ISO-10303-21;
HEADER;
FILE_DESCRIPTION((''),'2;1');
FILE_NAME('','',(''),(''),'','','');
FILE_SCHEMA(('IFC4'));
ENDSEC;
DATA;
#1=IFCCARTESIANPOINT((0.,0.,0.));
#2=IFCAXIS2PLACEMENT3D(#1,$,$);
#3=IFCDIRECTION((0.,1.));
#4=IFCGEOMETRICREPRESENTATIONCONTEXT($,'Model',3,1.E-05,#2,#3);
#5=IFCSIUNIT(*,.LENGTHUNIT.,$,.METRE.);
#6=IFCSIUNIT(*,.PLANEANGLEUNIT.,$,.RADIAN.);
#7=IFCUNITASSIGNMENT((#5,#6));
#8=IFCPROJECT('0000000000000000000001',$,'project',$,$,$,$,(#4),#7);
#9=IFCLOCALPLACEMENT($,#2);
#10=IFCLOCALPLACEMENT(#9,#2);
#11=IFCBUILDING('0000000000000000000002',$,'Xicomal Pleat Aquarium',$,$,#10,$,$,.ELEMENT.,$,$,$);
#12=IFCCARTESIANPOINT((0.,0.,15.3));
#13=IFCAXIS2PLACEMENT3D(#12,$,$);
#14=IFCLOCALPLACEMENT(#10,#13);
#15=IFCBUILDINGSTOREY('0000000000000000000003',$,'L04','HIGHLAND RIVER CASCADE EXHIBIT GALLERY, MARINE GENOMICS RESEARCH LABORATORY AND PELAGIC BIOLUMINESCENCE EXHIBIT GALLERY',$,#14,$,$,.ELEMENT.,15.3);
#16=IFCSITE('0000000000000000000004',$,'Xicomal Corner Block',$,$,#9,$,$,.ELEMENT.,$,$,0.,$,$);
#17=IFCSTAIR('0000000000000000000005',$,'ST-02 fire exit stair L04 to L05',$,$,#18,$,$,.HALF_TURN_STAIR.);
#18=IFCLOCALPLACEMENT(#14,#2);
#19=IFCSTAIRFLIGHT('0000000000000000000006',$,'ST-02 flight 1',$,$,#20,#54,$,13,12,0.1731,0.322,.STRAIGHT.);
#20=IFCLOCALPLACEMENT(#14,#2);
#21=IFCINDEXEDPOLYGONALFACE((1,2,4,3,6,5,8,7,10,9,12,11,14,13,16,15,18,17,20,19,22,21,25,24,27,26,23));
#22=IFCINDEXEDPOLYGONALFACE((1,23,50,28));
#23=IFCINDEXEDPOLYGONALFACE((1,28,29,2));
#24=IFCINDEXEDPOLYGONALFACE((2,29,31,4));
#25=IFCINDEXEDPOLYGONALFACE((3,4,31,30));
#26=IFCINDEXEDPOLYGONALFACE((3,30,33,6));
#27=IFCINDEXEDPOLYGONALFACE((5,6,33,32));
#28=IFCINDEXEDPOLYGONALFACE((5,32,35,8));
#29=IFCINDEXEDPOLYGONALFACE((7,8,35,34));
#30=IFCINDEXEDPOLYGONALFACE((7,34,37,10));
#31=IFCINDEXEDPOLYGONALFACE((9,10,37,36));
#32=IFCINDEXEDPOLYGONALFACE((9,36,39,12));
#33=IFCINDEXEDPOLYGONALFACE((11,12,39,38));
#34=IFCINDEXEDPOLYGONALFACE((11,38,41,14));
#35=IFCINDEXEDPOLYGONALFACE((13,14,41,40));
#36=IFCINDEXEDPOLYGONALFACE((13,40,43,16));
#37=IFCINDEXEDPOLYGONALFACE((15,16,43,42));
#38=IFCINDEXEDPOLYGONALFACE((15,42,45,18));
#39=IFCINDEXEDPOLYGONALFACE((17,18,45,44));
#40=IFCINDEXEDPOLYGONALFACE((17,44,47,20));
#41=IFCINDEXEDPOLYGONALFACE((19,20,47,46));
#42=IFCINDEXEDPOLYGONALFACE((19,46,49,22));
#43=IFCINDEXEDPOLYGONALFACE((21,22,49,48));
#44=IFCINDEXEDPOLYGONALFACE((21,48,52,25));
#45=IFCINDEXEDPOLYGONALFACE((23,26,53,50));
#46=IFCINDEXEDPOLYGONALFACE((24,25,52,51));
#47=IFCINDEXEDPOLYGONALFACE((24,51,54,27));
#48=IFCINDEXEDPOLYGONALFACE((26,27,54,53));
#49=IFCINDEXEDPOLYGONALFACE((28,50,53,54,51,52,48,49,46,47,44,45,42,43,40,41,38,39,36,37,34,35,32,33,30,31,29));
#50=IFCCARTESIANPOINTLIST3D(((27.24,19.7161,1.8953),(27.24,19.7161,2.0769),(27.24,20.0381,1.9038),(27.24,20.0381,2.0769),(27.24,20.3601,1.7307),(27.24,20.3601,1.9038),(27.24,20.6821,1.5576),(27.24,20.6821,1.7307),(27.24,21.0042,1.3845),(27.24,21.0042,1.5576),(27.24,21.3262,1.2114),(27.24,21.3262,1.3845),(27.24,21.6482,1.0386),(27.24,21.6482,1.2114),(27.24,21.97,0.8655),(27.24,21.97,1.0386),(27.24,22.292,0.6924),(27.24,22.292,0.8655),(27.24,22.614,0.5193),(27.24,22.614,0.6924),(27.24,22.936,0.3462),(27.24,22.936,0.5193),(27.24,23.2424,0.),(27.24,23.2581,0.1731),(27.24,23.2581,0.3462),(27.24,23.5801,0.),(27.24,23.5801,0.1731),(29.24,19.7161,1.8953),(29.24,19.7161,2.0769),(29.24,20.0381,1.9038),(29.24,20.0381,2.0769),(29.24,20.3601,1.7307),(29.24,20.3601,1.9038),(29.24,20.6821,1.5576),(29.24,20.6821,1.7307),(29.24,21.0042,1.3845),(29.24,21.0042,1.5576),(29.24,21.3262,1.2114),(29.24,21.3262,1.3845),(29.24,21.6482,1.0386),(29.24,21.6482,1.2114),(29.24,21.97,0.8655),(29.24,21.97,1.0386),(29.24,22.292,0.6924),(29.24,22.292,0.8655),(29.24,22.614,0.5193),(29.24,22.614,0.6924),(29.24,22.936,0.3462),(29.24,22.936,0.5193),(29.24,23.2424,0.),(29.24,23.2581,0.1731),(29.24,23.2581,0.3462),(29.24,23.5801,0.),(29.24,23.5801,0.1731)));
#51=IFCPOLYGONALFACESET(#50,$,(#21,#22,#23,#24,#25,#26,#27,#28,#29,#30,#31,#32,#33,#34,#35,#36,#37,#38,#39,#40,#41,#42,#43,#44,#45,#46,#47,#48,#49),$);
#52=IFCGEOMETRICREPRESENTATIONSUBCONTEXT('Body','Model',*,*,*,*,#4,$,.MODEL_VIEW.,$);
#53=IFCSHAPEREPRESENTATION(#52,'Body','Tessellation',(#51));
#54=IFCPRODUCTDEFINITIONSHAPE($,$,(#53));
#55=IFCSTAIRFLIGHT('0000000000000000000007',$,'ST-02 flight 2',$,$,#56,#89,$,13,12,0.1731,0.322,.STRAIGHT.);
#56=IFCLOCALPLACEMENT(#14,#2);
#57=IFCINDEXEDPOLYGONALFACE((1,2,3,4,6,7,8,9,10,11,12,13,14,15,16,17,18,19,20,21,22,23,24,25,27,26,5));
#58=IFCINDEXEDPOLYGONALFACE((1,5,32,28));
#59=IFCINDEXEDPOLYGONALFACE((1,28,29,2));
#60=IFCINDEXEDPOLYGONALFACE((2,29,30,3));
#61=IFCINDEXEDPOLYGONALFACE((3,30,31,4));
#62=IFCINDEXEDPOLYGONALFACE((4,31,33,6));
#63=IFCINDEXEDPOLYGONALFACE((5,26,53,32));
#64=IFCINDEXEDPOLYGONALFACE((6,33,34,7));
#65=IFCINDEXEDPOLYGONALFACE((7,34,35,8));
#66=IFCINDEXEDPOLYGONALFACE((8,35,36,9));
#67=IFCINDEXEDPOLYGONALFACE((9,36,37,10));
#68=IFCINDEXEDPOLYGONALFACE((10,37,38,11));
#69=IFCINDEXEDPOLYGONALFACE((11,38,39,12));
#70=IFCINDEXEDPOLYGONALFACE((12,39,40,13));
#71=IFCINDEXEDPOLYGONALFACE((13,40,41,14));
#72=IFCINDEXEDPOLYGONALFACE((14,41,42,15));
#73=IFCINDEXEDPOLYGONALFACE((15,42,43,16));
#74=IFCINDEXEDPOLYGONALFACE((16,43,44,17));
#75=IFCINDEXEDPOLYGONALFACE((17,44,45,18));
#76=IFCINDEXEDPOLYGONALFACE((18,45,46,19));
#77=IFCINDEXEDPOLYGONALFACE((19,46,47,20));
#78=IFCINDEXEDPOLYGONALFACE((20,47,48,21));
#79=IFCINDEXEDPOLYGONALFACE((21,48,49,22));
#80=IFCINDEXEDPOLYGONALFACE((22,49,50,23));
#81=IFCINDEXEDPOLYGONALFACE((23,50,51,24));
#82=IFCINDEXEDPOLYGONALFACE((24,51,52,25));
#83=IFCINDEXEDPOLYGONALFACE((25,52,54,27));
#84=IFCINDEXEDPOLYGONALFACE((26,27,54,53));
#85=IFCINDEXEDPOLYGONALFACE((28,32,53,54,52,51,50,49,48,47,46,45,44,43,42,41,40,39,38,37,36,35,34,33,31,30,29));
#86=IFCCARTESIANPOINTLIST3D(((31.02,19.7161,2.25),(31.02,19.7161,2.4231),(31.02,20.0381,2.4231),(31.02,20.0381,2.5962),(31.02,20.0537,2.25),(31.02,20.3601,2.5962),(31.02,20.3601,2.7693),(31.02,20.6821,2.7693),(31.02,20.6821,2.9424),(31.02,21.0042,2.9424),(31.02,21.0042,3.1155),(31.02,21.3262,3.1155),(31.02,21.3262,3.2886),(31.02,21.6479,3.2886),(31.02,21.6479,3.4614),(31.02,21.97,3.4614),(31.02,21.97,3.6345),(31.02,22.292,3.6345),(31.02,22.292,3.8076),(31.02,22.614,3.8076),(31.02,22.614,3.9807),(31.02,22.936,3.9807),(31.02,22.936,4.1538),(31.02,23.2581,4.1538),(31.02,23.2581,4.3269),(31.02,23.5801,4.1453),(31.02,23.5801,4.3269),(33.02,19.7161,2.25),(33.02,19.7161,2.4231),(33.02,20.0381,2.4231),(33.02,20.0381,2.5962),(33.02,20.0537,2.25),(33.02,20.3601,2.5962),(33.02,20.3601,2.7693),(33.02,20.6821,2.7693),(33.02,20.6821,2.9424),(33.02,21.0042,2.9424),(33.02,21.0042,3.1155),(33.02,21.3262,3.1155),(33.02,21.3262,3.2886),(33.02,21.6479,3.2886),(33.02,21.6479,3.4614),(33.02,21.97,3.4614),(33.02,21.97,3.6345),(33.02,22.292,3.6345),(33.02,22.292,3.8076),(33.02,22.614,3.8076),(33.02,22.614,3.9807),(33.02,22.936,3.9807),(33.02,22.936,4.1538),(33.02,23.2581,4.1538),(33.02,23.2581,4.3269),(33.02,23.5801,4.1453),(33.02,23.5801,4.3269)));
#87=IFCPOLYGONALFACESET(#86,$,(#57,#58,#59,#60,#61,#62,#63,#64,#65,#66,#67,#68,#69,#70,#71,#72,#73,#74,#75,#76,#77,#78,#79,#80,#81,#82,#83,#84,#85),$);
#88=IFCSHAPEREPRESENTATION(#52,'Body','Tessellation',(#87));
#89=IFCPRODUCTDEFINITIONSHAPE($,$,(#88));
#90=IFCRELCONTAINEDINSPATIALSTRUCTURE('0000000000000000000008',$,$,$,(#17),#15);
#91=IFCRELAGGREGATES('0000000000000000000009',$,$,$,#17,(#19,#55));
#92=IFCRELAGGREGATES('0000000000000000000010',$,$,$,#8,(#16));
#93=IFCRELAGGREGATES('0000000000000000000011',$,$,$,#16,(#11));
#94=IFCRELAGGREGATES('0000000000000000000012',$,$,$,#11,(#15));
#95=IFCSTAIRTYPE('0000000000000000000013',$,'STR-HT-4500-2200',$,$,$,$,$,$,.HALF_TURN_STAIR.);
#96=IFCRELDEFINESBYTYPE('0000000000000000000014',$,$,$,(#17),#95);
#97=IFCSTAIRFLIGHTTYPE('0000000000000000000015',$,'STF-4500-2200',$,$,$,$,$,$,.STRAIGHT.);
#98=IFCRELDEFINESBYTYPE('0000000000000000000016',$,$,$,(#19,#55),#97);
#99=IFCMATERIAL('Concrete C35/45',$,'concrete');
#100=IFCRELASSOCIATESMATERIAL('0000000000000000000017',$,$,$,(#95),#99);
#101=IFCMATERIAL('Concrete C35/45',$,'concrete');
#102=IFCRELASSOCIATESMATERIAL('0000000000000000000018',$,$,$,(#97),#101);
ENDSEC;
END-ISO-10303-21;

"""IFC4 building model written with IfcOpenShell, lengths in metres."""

from ifc_helpers import new_model, si_unit, direction, frame, origin, place, context, subcontext, project, spatial, polyline, outline, extrude, material, type_object, element, aggregate, save


model = new_model("IFC4")

# Units and contexts
model_context = context("Model", 3, precision=1e-05, world=origin(), true_north=direction((0.0, 1.0)))
body_context = subcontext(model_context, "Body", "Model", "MODEL_VIEW")
ifc_project = project(units=[si_unit("LENGTHUNIT", "METRE"), si_unit("PLANEANGLEUNIT", "RADIAN")], contexts=[model_context])

# Site, building, storey
site_placement = place(None, origin())
site = spatial("IfcSite", under=ifc_project, at=site_placement, Name="Xicomal Corner Block", CompositionType="ELEMENT", RefElevation=0.0)
building_placement = place(site_placement, origin())
building = spatial("IfcBuilding", under=site, at=building_placement, Name="Xicomal Pleat Aquarium", CompositionType="ELEMENT")
storey_placement = place(building_placement, frame((0.0, 0.0, 15.3)))
storey = spatial("IfcBuildingStorey", under=building, at=storey_placement, Name="L04", Description="HIGHLAND RIVER CASCADE EXHIBIT GALLERY, MARINE GENOMICS RESEARCH LABORATORY AND PELAGIC BIOLUMINESCENCE EXHIBIT GALLERY", CompositionType="ELEMENT", Elevation=15.3)

# Stair, stair flights
ifc_material_1 = material(Name="Concrete C35/45", Category="concrete")
stair_type = type_object("IfcStairType", Name="STR-HT-4500-2200", PredefinedType="HALF_TURN_STAIR", material=ifc_material_1)
stair_placement = place(storey_placement, origin())
stair = element("IfcStair", 1, at=stair_placement, inside=storey, type_object=stair_type, Name="ST-02 fire exit stair L04 to L05", PredefinedType="HALF_TURN_STAIR")
ifc_material_2 = material(Name="Concrete C35/45", Category="concrete")
stair_flight_type = type_object("IfcStairFlightType", Name="STF-4500-2200", PredefinedType="STRAIGHT", material=ifc_material_2)
stair_flight_1_placement = place(storey_placement, frame((28.24, 23.5801, 0.0), z_axis=(0.0, 0.0, 1.0), x_axis=(0.0, -1.0, 0.0)))
stair_flight_1 = element("IfcStairFlight", 2, at=stair_flight_1_placement, type_object=stair_flight_type, Name="ST-02 flight 1", NumberOfRisers=13, NumberOfTreads=12, PredefinedType="STRAIGHT", RiserHeight=0.1731, TreadLength=0.322, context=body_context, shape_type="SweptSolid", body=[
    extrude(outline(polyline([(0.0, 0.0), (0.0, 0.1731), (0.322, 0.1731), (0.322, 0.3462), (0.644, 0.3462), (0.644, 0.5193), (0.9661, 0.5193), (0.9661, 0.6924), (1.2881, 0.6924), (1.2881, 0.8655), (1.6101, 0.8655), (1.6101, 1.0386), (1.9319, 1.0386), (1.9319, 1.2114), (2.2539, 1.2114), (2.2539, 1.3845), (2.5759, 1.3845), (2.5759, 1.5576), (2.8979, 1.5576), (2.8979, 1.7307), (3.22, 1.7307), (3.22, 1.9038), (3.542, 1.9038), (3.542, 2.0769), (3.864, 2.0769), (3.864, 2.25), (3.864, 1.8953), (0.3376, 0.0), (0.0, 0.0)])), frame((0.0, 1.0, 0.0), z_axis=(0.0, -1.0, 0.0), x_axis=(1.0, 0.0, 0.0)), (0.0, 0.0, 1.0), 2.0),
])
stair_flight_2_placement = place(storey_placement, frame((32.02, 19.7161, 2.25), z_axis=(0.0, 0.0, 1.0), x_axis=(0.0, 1.0, 0.0)))
stair_flight_2 = element("IfcStairFlight", 3, at=stair_flight_2_placement, type_object=stair_flight_type, Name="ST-02 flight 2", NumberOfRisers=13, NumberOfTreads=12, PredefinedType="STRAIGHT", RiserHeight=0.1731, TreadLength=0.322, context=body_context, shape_type="SweptSolid", body=[
    extrude(outline(polyline([(0.0, 0.0), (0.0, 0.1731), (0.322, 0.1731), (0.322, 0.3462), (0.644, 0.3462), (0.644, 0.5193), (0.9661, 0.5193), (0.9661, 0.6924), (1.2881, 0.6924), (1.2881, 0.8655), (1.6101, 0.8655), (1.6101, 1.0386), (1.9319, 1.0386), (1.9319, 1.2114), (2.2539, 1.2114), (2.2539, 1.3845), (2.5759, 1.3845), (2.5759, 1.5576), (2.8979, 1.5576), (2.8979, 1.7307), (3.22, 1.7307), (3.22, 1.9038), (3.542, 1.9038), (3.542, 2.0769), (3.864, 2.0769), (3.864, 2.25), (3.864, 1.8953), (0.3376, 0.0), (0.0, 0.0)])), frame((0.0, 1.0, 0.0), z_axis=(0.0, -1.0, 0.0), x_axis=(1.0, 0.0, 0.0)), (0.0, 0.0, 1.0), 2.0),
])
aggregate(stair, [stair_flight_1, stair_flight_2])

save(model, "model.ifc")
